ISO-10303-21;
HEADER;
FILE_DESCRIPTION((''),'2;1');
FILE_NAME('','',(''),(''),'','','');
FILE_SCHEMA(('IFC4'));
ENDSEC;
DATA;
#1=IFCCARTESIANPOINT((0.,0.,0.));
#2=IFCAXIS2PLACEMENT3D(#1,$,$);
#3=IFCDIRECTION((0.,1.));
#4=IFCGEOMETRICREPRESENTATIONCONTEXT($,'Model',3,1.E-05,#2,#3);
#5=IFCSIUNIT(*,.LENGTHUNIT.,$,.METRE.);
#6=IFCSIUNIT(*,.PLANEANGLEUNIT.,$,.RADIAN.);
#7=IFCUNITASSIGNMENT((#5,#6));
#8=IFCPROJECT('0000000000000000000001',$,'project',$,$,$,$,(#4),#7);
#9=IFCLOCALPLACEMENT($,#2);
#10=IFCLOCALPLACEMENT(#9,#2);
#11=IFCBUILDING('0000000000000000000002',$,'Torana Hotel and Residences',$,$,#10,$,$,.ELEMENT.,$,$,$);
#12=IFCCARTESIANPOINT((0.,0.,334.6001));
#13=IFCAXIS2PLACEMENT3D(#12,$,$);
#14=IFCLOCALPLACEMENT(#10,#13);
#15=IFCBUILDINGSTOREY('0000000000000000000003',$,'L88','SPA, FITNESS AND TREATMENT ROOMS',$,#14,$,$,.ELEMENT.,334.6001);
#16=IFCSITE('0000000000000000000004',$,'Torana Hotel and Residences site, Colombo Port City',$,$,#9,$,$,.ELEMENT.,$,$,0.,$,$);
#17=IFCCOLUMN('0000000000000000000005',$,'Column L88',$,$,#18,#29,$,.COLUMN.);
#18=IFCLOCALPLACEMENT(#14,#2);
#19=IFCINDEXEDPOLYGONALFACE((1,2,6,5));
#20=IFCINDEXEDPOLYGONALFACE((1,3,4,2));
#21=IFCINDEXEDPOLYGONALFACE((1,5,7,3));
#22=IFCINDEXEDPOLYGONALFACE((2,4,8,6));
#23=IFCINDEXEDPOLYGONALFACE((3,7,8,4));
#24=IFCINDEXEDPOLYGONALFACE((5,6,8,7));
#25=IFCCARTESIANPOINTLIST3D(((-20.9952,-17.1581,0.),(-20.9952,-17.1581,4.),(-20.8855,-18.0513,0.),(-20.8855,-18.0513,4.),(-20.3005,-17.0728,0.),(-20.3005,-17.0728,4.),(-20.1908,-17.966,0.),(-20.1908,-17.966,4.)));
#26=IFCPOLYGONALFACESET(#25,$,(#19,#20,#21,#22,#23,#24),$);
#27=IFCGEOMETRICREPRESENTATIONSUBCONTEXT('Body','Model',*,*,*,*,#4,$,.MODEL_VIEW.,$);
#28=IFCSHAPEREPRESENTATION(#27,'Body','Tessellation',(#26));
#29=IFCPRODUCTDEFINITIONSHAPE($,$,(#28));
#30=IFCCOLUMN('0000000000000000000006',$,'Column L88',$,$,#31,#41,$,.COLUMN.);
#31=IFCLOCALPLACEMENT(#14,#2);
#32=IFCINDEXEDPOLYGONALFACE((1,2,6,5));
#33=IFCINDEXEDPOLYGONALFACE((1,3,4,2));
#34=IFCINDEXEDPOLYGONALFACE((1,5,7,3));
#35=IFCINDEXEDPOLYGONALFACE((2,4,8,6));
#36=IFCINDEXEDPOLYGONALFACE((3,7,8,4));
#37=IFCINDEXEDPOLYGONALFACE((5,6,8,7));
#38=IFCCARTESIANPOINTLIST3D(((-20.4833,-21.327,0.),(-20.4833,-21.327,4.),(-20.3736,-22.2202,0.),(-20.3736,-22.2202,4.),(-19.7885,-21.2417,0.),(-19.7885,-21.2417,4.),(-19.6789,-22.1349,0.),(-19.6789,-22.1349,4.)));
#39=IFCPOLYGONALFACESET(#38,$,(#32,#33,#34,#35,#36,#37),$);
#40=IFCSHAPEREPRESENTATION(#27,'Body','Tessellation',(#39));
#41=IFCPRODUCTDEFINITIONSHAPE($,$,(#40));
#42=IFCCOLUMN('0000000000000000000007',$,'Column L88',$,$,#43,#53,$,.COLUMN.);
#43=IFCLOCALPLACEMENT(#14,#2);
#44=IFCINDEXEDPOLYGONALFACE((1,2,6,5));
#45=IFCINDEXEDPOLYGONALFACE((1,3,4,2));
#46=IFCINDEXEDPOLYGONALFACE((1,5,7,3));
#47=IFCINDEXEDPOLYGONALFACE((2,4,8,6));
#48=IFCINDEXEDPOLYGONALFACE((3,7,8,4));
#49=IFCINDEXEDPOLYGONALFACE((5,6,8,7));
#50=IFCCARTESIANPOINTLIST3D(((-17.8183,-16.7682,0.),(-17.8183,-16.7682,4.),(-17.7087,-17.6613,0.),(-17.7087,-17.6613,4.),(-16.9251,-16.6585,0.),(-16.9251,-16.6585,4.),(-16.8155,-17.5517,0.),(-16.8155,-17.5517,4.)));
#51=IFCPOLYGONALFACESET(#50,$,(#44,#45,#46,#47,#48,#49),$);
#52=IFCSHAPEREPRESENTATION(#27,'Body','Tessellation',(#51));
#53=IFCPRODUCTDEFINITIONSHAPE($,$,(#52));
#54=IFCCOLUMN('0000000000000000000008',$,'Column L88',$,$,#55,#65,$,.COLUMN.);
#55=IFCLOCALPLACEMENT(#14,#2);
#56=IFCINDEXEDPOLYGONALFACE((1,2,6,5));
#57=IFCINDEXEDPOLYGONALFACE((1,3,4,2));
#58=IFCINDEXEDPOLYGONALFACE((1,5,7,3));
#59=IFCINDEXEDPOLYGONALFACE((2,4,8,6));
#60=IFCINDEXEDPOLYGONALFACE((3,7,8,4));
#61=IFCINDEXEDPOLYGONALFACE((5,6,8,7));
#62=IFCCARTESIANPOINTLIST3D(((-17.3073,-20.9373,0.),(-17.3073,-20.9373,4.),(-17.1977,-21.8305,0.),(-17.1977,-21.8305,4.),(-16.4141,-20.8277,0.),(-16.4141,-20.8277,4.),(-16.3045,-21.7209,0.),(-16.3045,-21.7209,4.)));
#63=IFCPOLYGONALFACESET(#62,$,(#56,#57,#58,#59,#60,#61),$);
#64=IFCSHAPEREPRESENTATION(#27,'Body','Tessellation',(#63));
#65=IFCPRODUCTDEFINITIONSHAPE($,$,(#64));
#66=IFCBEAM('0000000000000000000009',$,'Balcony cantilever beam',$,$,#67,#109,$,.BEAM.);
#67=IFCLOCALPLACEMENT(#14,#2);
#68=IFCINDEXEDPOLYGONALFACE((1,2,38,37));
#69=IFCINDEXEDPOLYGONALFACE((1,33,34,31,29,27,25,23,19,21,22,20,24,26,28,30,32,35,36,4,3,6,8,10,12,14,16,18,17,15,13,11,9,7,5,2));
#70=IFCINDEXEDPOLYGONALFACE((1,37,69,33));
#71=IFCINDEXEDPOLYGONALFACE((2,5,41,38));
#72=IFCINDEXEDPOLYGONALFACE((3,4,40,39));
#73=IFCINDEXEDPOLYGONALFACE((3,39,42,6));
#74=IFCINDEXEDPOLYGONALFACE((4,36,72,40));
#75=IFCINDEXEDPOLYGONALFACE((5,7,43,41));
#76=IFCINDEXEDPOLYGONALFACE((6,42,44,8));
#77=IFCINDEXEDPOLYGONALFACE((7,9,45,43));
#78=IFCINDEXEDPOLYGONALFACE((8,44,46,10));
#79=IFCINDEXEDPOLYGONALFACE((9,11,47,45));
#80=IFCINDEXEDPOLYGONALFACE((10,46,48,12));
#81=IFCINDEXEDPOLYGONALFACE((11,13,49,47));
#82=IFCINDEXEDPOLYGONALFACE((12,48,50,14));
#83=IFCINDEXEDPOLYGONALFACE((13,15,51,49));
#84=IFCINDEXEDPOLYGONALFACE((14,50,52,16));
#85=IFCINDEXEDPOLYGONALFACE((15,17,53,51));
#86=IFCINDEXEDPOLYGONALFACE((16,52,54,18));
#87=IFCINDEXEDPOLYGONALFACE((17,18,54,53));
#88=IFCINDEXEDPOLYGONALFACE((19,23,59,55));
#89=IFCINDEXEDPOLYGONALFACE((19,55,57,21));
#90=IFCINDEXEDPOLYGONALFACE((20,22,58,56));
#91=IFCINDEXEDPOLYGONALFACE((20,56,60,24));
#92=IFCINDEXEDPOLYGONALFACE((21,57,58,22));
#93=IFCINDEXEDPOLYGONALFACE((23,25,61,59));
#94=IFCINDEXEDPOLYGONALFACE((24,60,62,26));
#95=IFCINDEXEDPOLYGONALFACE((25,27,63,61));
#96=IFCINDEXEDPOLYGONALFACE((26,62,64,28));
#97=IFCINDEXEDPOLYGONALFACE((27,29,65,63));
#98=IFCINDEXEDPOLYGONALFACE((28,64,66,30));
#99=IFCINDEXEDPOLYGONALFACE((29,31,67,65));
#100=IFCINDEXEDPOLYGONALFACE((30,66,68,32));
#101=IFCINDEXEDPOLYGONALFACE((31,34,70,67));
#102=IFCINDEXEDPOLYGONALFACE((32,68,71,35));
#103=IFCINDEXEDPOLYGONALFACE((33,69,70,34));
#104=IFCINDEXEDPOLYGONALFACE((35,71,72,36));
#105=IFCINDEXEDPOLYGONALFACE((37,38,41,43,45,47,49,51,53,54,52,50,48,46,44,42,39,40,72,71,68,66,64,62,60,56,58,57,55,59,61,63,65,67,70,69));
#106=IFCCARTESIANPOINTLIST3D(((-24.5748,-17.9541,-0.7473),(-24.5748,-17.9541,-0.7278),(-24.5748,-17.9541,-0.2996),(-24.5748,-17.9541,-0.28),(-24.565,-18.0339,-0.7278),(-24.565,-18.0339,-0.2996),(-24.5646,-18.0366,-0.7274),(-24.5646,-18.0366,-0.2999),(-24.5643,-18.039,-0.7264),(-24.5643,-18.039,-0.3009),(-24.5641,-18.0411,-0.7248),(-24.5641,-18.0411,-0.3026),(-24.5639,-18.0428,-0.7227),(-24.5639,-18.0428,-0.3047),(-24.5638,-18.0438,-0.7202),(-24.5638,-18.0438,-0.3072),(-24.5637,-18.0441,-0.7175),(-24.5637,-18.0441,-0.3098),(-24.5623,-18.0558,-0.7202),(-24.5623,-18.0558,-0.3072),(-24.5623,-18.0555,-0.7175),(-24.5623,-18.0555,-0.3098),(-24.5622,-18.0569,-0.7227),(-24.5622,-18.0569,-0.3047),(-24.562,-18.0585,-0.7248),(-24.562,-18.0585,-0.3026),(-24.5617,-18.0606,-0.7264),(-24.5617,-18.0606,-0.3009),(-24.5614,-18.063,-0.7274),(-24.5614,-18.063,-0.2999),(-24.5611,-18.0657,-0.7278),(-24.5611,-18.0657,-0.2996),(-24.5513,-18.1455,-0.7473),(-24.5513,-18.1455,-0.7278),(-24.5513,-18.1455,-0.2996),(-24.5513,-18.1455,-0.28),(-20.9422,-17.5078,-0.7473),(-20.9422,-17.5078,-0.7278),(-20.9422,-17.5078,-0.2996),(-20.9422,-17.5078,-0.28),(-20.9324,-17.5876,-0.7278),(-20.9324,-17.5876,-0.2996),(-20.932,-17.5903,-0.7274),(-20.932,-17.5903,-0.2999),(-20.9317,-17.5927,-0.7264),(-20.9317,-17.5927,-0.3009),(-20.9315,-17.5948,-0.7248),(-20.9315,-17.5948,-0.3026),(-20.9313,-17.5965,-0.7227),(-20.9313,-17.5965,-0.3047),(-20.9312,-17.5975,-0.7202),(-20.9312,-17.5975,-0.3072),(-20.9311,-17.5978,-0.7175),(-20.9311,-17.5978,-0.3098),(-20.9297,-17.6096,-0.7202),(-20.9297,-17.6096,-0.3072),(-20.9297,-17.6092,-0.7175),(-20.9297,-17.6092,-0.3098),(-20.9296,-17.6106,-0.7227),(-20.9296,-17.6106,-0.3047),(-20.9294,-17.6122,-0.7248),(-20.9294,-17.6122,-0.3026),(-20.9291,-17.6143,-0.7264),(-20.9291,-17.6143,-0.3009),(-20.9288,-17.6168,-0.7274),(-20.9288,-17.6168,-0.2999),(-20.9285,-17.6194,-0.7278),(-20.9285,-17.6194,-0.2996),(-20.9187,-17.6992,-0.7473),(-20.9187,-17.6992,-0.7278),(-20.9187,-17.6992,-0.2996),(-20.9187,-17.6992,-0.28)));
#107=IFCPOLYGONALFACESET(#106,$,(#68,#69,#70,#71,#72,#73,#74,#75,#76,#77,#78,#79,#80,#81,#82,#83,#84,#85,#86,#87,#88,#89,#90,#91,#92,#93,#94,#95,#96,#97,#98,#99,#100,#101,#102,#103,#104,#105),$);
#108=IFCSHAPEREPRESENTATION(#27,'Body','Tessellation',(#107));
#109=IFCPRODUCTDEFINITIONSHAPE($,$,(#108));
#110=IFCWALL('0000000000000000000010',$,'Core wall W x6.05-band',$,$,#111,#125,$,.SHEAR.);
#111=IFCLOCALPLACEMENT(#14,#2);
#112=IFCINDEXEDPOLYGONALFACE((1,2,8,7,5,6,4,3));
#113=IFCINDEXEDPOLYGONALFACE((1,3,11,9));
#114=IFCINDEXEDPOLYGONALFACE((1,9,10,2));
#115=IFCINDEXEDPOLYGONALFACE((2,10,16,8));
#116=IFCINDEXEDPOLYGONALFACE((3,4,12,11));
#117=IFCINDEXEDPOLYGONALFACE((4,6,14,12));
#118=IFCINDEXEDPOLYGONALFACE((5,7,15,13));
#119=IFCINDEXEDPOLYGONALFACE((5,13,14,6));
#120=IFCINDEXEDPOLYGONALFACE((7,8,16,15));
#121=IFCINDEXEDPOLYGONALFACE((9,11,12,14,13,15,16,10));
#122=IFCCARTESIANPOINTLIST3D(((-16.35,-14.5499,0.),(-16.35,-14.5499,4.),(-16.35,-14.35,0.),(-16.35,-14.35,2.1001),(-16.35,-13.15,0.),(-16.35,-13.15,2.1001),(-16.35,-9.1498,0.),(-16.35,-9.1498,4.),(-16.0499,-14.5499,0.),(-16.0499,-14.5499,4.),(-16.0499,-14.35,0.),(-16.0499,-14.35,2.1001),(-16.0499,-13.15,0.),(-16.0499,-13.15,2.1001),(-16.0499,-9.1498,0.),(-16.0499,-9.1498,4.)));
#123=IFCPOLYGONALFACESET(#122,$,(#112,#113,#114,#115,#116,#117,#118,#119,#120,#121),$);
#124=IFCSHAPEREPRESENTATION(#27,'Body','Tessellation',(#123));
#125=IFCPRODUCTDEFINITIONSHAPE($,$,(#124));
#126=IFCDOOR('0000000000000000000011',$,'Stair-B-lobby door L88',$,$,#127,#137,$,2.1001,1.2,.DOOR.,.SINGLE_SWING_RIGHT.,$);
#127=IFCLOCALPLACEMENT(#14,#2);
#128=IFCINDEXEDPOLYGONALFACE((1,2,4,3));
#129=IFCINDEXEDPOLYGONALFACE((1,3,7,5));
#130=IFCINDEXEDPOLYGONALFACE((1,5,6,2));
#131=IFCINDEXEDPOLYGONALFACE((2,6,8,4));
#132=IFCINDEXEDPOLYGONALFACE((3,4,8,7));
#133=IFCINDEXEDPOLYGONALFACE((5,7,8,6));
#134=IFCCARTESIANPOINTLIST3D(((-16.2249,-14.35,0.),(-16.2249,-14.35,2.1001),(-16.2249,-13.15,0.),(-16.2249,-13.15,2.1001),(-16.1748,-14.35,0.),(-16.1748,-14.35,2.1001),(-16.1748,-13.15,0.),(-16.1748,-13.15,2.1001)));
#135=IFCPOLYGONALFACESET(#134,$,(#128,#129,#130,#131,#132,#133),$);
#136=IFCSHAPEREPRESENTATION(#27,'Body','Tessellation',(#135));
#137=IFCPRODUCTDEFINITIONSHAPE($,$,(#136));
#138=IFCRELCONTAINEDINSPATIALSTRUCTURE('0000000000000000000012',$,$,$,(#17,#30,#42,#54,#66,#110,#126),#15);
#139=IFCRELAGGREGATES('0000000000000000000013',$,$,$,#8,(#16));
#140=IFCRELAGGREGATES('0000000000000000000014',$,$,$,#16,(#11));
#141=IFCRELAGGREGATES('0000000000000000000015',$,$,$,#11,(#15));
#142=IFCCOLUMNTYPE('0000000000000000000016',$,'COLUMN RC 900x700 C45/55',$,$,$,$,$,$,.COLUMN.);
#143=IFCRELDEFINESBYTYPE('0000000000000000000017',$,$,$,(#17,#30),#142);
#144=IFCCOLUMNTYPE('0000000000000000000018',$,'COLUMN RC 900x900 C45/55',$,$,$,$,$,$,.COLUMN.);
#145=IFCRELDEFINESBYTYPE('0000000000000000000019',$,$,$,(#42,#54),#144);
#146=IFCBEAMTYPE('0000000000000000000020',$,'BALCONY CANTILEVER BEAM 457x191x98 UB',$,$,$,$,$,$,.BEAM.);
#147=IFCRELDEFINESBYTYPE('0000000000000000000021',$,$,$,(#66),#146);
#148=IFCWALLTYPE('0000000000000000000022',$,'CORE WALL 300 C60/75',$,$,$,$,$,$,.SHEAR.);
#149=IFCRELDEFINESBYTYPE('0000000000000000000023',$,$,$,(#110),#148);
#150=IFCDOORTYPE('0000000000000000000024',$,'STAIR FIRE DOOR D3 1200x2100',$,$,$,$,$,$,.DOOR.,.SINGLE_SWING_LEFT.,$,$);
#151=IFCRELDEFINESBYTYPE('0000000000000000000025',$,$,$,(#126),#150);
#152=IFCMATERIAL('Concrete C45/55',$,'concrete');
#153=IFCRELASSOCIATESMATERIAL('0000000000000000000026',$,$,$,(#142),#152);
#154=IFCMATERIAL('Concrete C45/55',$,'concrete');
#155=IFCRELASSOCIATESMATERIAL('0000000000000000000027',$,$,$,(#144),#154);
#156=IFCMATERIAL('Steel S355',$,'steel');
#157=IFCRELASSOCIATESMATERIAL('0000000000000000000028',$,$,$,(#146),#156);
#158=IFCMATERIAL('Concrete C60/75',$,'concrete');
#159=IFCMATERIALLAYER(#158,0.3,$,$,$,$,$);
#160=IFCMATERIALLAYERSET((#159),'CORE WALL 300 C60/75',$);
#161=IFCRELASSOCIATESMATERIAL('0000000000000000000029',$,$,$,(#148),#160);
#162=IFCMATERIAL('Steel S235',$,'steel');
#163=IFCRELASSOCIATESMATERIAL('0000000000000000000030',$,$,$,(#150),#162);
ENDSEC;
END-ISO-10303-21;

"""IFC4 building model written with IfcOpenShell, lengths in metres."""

from ifc_helpers import new_model, si_unit, direction, frame, frame_2d, origin, origin_2d, place, context, subcontext, project, spatial, rectangle, i_section, extrude, material, layer, layer_set, material_profile, profile_set, type_object, element, fill, save


model = new_model("IFC4")

# Units and contexts
model_context = context("Model", 3, precision=1e-05, world=origin(), true_north=direction((0.0, 1.0)))
body_context = subcontext(model_context, "Body", "Model", "MODEL_VIEW")
ifc_project = project(units=[si_unit("LENGTHUNIT", "METRE"), si_unit("PLANEANGLEUNIT", "RADIAN")], contexts=[model_context])

# Site, building, storey
site_placement = place(None, origin())
site = spatial("IfcSite", under=ifc_project, at=site_placement, Name="Torana Hotel and Residences site, Colombo Port City", CompositionType="ELEMENT", RefElevation=0.0)
building_placement = place(site_placement, origin())
building = spatial("IfcBuilding", under=site, at=building_placement, Name="Torana Hotel and Residences", CompositionType="ELEMENT")
storey_placement = place(building_placement, frame((0.0, 0.0, 334.6001)))
storey = spatial("IfcBuildingStorey", under=building, at=storey_placement, Name="L88", Description="SPA, FITNESS AND TREATMENT ROOMS", CompositionType="ELEMENT", Elevation=334.6001)

# Columns
ifc_material_1 = material(Name="Concrete C45/55", Category="concrete")
ifc_material_profile_1 = material_profile(ifc_material_1, rectangle(XDim=0.8999, YDim=0.7, at=origin_2d()), Name="RC 900x700")
ifc_profile_set_1 = profile_set([ifc_material_profile_1], Name="Concrete C45/55")
column_type_1 = type_object("IfcColumnType", Name="COLUMN RC 900x700 C45/55", PredefinedType="COLUMN", material=ifc_profile_set_1)
for number, where, z_axis, x_axis, name in (
    (1, (-20.593, -17.562, 0.0), (0.0, 0.0, 1.0), (-0.121869, 0.992546, 0.0), "Column L88"),
    (2, (-20.0811, -21.731, 0.0), (0.0, 0.0, 1.0), (-0.121869, 0.992546, 0.0), "Column L88"),
):
    element("IfcColumn", number, at=place(storey_placement, frame(where, z_axis=z_axis, x_axis=x_axis)), inside=storey, type_object=column_type_1, Name=name, PredefinedType="COLUMN", context=body_context, shape_type="SweptSolid", body=[
        extrude(rectangle(XDim=0.8999, YDim=0.7, at=origin_2d()), origin(), (0.0, 0.0, 1.0), 4.0),
    ])
ifc_material_2 = material(Name="Concrete C45/55", Category="concrete")
ifc_material_profile_2 = material_profile(ifc_material_2, rectangle(XDim=0.8999, YDim=0.8999, at=origin_2d()), Name="RC 900x900")
ifc_profile_set_2 = profile_set([ifc_material_profile_2], Name="Concrete C45/55")
column_type_2 = type_object("IfcColumnType", Name="COLUMN RC 900x900 C45/55", PredefinedType="COLUMN", material=ifc_profile_set_2)
for number, where, z_axis, x_axis, name in (
    (3, (-17.3169, -17.1599, 0.0), (0.0, 0.0, 1.0), (0.992546, 0.121869, 0.0), "Column L88"),
    (4, (-16.8059, -21.3291, 0.0), (0.0, 0.0, 1.0), (0.992546, 0.121869, 0.0), "Column L88"),
):
    element("IfcColumn", number, at=place(storey_placement, frame(where, z_axis=z_axis, x_axis=x_axis)), inside=storey, type_object=column_type_2, Name=name, PredefinedType="COLUMN", context=body_context, shape_type="SweptSolid", body=[
        extrude(rectangle(XDim=0.8999, YDim=0.8999, at=origin_2d()), origin(), (0.0, 0.0, 1.0), 4.0),
    ])

# Beam
ifc_material_3 = material(Name="Steel S355", Category="steel")
ifc_material_profile_3 = material_profile(ifc_material_3, i_section(OverallWidth=0.1929, OverallDepth=0.4673, WebThickness=0.0115, FlangeThickness=0.0195, FilletRadius=0.0103, at=origin_2d()), Name="457x191x98 UB")
ifc_profile_set_3 = profile_set([ifc_material_profile_3], Name="Steel S355")
beam_type = type_object("IfcBeamType", Name="BALCONY CANTILEVER BEAM 457x191x98 UB", PredefinedType="BEAM", material=ifc_profile_set_3)
beam_placement = place(storey_placement, frame((-20.9304, -17.6035, -0.5137), z_axis=(-0.992537, -0.121941, 0.0), x_axis=(0.121941, -0.992537, 0.0)))
element("IfcBeam", 5, at=beam_placement, inside=storey, type_object=beam_type, Name="Balcony cantilever beam", PredefinedType="BEAM", context=body_context, shape_type="SweptSolid", body=[
    extrude(i_section(OverallWidth=0.1929, OverallDepth=0.4673, WebThickness=0.0115, FlangeThickness=0.0195, FilletRadius=0.0103, at=origin_2d()), origin(), (0.0, 0.0, 1.0), 3.6599),
])

# Wall, opening, door
ifc_material_4 = material(Name="Concrete C60/75", Category="concrete")
ifc_layer_1 = layer(ifc_material_4, 0.3)
ifc_layer_set_1 = layer_set([ifc_layer_1], Name="CORE WALL 300 C60/75")
wall_type_1 = type_object("IfcWallType", Name="CORE WALL 300 C60/75", PredefinedType="SHEAR", material=ifc_layer_set_1)
wall_1_placement = place(storey_placement, frame((-16.2, -14.55, 0.0), z_axis=(0.0, 0.0, 1.0), x_axis=(0.0, 1.0, 0.0)))
wall_1 = element("IfcWall", 6, at=wall_1_placement, inside=storey, type_object=wall_type_1, Name="Core wall W x6.05-band", PredefinedType="SHEAR", context=body_context, shape_type="SweptSolid", body=[
    extrude(rectangle(XDim=5.4001, YDim=0.3, at=frame_2d((2.7002, 0.0))), origin(), (0.0, 0.0, 1.0), 4.0),
])
opening_1_placement = place(wall_1_placement, frame((0.2, 0.0, 0.0)))
opening_1 = element("IfcOpeningElement", 7, at=opening_1_placement, cuts=wall_1, PredefinedType="OPENING", context=body_context, shape_type="SweptSolid", body=[
    extrude(rectangle(XDim=1.2, YDim=2.1001, at=frame_2d((0.6001, 1.05))), frame((0.0, 0.1599, 0.0), z_axis=(0.0, -1.0, 0.0), x_axis=(1.0, 0.0, 0.0)), (0.0, 0.0, 1.0), 0.3201),
])
ifc_material_5 = material(Name="Steel S235", Category="steel")
door_type_1 = type_object("IfcDoorType", Name="STAIR FIRE DOOR D3 1200x2100", OperationType="SINGLE_SWING_LEFT", PredefinedType="DOOR", material=ifc_material_5)
door_1_placement = place(opening_1_placement, origin())
door_1 = element("IfcDoor", 8, at=door_1_placement, inside=storey, type_object=door_type_1, Name="Stair-B-lobby door L88", OperationType="SINGLE_SWING_RIGHT", OverallHeight=2.1001, OverallWidth=1.2, PredefinedType="DOOR", context=body_context, shape_type="SweptSolid", body=[
    extrude(rectangle(XDim=1.2, YDim=2.1001, at=frame_2d((0.6001, 1.05))), frame((0.0, 0.0249, 0.0), z_axis=(0.0, -1.0, 0.0), x_axis=(1.0, 0.0, 0.0)), (0.0, 0.0, 1.0), 0.05),
])
fill(opening_1, door_1)

save(model, "model.ifc")
